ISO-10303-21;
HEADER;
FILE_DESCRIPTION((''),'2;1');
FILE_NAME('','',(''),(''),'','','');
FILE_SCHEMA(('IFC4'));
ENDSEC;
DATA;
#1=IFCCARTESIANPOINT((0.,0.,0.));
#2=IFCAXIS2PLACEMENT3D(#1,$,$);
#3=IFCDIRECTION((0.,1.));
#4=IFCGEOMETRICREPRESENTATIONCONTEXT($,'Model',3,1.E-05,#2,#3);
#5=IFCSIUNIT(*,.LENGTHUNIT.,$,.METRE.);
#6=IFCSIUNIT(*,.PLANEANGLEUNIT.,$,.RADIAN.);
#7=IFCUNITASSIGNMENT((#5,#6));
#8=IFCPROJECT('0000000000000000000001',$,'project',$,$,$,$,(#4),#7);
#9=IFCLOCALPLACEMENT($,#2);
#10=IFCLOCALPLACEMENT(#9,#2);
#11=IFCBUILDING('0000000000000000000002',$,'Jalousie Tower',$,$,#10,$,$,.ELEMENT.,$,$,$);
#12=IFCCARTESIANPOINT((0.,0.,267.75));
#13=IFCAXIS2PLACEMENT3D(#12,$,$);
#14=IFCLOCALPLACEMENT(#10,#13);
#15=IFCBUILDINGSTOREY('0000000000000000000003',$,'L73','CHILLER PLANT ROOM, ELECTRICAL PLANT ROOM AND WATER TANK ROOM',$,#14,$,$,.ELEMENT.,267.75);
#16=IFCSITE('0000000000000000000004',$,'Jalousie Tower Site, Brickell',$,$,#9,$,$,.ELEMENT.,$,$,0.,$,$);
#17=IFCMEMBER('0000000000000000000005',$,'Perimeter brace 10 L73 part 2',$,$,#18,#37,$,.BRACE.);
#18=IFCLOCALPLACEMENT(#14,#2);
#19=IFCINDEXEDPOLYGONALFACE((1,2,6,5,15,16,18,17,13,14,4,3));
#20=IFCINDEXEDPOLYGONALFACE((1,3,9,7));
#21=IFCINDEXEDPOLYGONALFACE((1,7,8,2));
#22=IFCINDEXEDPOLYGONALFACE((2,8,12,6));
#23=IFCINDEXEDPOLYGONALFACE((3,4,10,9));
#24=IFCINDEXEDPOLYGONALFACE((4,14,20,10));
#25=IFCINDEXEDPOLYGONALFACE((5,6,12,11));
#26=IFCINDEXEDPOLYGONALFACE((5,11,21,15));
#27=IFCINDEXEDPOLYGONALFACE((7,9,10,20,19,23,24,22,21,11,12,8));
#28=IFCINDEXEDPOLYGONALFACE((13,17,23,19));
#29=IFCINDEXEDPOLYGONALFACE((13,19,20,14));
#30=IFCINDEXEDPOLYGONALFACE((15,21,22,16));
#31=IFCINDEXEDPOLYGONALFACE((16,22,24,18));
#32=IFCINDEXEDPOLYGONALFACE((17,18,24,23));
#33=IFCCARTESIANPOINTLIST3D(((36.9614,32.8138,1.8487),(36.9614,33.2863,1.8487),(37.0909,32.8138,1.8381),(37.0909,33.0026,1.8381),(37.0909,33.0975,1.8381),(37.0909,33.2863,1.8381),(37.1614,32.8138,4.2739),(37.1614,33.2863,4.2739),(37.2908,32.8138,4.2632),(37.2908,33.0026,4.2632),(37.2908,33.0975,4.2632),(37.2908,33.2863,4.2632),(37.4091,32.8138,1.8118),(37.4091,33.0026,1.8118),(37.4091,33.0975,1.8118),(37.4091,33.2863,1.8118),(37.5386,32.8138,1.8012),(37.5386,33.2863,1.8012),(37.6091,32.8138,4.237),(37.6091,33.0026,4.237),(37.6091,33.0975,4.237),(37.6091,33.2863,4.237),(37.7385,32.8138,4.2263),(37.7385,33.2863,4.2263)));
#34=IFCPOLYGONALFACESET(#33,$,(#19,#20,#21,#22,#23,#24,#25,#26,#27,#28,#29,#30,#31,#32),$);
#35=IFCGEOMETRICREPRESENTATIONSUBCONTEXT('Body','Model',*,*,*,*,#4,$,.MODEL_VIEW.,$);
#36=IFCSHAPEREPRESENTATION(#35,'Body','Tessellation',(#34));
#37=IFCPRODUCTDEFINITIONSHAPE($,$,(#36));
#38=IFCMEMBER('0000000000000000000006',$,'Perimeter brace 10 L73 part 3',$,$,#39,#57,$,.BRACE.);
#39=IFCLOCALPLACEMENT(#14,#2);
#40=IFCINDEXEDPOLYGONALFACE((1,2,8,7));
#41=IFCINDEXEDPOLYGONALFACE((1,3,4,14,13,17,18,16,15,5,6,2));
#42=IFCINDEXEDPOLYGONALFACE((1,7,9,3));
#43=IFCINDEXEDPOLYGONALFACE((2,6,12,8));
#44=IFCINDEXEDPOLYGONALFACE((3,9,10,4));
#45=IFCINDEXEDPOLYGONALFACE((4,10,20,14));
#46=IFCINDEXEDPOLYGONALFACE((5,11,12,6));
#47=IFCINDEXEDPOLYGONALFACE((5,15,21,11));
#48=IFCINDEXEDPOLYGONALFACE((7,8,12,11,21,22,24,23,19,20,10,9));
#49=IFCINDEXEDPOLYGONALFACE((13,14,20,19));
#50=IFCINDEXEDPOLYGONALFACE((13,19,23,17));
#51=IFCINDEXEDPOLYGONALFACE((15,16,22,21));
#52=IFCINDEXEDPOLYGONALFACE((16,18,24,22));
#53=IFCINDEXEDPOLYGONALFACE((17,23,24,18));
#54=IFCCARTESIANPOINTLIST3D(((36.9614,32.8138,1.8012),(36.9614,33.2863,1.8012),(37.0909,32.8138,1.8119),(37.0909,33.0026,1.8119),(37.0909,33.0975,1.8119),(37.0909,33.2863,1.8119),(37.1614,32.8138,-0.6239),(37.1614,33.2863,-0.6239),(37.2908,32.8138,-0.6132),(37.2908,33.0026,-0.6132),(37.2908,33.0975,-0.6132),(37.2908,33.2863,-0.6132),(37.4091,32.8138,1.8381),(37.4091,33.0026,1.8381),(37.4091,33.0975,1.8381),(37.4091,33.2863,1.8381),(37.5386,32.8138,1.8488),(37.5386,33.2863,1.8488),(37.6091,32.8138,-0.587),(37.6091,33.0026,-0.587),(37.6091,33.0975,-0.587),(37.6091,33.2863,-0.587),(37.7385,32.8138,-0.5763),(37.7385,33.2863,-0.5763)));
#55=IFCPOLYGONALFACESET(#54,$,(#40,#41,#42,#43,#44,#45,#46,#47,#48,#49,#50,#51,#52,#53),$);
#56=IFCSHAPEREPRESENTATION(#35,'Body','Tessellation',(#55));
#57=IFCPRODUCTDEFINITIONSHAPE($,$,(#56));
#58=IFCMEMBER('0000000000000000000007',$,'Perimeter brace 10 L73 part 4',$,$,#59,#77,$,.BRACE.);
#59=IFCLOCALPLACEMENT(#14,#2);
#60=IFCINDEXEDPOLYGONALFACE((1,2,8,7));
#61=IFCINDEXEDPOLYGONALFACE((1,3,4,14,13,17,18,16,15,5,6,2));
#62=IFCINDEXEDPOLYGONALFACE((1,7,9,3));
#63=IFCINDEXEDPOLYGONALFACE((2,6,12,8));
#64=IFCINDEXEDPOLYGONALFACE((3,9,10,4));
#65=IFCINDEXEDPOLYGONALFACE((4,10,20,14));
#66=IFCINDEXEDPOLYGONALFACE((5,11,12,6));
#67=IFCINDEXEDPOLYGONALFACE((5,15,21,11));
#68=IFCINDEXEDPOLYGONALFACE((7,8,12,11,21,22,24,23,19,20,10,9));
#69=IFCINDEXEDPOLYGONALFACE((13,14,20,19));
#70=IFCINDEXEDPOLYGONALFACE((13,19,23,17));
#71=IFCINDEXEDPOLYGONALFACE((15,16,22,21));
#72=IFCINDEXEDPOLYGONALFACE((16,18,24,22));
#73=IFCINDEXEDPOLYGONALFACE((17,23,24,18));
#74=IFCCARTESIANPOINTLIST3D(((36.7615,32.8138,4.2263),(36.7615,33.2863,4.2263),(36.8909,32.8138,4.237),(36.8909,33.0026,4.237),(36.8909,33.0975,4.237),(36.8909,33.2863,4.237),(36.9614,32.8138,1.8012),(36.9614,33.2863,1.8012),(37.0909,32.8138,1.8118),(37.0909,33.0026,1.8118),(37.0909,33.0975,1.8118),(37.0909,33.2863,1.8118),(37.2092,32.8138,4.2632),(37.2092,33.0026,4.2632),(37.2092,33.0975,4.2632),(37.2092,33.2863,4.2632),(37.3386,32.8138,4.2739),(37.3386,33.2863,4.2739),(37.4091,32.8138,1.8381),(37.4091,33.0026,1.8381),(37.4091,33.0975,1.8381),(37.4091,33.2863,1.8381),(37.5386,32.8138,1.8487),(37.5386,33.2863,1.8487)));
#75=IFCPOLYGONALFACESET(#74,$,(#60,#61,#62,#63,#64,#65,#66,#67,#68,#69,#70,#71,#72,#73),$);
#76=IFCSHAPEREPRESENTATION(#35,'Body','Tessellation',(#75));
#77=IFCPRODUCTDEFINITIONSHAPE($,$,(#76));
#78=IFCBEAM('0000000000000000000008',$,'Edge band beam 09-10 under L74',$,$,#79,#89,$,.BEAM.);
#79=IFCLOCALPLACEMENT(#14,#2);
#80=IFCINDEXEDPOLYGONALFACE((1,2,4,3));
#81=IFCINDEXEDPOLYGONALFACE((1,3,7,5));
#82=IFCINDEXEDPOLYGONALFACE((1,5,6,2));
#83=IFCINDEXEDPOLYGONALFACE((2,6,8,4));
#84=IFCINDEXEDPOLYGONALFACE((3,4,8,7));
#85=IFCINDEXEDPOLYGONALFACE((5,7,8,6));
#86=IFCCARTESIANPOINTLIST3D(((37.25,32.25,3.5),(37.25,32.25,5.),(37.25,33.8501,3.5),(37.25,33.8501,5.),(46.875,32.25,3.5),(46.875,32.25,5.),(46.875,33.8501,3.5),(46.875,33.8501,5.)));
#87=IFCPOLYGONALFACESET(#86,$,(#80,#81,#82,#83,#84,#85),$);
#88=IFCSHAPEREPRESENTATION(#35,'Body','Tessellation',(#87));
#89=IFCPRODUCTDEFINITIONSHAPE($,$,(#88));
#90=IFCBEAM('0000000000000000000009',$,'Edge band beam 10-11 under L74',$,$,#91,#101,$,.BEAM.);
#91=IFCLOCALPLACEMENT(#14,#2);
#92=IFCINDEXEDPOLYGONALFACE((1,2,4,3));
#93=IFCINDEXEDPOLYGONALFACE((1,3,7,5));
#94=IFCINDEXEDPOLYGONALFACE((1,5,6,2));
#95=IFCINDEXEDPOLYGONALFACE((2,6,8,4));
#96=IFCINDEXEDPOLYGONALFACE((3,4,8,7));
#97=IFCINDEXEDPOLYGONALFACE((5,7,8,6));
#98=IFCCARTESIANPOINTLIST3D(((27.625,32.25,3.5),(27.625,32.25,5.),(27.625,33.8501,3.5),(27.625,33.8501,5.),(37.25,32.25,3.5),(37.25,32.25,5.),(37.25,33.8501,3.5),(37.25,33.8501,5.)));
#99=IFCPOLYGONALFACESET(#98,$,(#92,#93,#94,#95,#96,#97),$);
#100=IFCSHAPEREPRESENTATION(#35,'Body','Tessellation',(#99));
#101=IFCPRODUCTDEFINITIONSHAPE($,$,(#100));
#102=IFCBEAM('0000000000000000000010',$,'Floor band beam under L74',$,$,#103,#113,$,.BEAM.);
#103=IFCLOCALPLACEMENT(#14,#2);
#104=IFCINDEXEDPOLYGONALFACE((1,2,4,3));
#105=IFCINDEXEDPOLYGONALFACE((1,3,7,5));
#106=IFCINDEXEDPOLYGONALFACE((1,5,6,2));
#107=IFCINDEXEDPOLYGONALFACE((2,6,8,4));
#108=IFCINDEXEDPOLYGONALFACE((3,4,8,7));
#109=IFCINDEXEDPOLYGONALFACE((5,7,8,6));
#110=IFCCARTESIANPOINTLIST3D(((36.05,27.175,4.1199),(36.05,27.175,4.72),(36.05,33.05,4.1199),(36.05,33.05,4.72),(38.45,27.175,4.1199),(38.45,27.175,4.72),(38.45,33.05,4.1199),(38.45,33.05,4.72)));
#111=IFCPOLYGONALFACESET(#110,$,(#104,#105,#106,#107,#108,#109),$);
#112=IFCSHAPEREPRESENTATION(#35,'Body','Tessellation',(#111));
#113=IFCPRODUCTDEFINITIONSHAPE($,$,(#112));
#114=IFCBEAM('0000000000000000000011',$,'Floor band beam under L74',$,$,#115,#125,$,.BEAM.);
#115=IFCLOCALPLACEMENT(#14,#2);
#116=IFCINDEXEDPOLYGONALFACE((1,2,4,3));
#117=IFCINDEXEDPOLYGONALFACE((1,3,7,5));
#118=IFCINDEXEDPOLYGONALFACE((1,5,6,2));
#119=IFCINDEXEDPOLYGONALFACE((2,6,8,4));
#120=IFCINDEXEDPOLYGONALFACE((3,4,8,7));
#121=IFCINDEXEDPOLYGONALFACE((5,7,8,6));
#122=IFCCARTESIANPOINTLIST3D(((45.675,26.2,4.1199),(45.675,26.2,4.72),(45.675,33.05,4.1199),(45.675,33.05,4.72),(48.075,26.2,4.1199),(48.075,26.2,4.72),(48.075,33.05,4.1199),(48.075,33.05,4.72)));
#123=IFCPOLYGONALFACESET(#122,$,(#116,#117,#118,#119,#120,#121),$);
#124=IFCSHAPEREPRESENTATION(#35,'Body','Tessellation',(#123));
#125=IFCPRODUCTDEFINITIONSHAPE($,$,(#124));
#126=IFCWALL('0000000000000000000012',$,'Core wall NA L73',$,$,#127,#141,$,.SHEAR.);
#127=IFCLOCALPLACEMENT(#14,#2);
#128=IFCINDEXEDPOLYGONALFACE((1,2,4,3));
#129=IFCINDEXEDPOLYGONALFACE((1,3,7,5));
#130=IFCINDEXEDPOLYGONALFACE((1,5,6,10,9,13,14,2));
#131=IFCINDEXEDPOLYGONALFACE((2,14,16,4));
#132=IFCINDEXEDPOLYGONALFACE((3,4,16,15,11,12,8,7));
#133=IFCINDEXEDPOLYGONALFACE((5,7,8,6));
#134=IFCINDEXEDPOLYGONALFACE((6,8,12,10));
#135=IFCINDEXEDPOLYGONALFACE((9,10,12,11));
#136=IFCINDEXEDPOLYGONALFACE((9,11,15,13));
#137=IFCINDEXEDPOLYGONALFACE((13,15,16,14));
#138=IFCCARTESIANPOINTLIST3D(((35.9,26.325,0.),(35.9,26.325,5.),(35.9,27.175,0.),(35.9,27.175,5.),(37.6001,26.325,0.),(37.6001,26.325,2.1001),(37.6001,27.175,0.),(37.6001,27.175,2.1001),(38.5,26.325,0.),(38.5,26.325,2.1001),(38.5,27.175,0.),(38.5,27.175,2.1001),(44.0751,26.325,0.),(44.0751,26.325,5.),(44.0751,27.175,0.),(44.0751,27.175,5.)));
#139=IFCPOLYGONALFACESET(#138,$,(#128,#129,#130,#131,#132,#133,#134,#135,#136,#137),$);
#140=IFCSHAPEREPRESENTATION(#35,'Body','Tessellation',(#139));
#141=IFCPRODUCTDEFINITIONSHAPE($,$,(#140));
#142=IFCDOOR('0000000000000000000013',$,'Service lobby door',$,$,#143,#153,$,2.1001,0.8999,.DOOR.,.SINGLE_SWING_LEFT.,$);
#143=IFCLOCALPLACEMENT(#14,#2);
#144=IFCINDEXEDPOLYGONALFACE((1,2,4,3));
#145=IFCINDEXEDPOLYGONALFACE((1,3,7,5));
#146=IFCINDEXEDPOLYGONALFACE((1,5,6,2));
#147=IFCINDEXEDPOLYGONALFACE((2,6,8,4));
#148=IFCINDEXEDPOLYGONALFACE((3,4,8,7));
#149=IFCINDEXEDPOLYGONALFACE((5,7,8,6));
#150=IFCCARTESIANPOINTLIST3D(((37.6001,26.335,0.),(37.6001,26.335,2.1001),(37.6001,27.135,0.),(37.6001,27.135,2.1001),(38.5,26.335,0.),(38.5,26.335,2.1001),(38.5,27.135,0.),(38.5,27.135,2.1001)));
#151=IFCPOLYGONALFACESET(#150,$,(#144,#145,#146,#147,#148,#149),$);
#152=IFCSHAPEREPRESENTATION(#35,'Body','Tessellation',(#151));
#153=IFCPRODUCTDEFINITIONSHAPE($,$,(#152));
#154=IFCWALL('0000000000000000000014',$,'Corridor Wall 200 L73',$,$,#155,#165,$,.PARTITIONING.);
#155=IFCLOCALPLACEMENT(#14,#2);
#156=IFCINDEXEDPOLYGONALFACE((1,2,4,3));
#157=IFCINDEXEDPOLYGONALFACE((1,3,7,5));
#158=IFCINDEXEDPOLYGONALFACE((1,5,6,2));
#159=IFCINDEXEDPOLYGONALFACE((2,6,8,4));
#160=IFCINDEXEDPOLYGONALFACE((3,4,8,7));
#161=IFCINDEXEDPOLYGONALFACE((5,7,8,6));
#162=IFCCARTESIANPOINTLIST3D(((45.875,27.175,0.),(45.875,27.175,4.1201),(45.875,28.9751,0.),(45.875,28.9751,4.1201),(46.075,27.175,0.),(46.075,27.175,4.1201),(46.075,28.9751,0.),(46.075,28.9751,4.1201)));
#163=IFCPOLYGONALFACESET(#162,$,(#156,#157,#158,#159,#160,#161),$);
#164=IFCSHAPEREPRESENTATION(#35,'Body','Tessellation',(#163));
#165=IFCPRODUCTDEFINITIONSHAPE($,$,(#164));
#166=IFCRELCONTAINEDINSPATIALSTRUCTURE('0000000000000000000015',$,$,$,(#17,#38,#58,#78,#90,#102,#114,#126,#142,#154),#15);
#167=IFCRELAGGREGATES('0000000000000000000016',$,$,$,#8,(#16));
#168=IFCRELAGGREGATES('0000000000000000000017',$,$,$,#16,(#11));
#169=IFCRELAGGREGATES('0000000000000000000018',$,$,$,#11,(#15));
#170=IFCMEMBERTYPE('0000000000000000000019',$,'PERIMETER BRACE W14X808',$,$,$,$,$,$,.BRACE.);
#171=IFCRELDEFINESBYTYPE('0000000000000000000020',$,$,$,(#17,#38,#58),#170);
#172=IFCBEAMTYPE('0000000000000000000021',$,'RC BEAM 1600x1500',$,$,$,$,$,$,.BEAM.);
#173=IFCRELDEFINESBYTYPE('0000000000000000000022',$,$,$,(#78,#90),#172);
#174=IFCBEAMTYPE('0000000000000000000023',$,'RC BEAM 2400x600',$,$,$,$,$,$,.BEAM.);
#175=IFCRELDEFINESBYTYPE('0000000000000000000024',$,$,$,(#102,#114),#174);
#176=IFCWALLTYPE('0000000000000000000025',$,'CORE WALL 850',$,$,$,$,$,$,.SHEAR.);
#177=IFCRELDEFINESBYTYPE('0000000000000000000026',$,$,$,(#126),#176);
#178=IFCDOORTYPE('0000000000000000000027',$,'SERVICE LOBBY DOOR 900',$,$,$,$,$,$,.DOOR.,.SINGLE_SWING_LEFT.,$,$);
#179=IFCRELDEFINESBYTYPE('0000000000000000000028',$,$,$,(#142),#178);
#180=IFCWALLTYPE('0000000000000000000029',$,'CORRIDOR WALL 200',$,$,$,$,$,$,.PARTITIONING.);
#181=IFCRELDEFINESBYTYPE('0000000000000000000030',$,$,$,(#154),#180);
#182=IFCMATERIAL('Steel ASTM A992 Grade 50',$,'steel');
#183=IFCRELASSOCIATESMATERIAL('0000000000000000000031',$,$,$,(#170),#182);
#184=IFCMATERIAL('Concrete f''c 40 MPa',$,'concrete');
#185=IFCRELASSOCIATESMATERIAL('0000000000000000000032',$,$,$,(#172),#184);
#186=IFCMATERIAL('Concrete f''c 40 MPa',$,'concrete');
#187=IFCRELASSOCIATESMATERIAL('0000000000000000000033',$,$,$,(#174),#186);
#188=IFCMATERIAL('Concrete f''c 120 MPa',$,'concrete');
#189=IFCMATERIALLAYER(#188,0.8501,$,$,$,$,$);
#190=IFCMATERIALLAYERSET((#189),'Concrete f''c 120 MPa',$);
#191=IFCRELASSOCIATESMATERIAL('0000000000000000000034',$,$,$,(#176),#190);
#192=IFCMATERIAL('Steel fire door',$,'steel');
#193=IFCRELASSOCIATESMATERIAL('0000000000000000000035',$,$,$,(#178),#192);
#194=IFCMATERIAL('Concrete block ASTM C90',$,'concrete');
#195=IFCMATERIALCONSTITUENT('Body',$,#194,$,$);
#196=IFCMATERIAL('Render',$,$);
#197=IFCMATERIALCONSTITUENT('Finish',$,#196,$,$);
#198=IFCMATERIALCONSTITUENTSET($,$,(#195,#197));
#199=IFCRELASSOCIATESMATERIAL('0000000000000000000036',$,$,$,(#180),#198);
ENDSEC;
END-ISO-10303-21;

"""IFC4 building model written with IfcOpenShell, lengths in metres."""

from ifc_helpers import new_model, si_unit, direction, frame, frame_2d, origin, origin_2d, place, context, subcontext, project, spatial, polyline, rectangle, i_section, outline, extrude, material, layer, layer_set, constituent, constituent_set, material_profile, profile_set, type_object, element, fill, save


model = new_model("IFC4")

# Units and contexts
model_context = context("Model", 3, precision=1e-05, world=origin(), true_north=direction((0.0, 1.0)))
body_context = subcontext(model_context, "Body", "Model", "MODEL_VIEW")
ifc_project = project(units=[si_unit("LENGTHUNIT", "METRE"), si_unit("PLANEANGLEUNIT", "RADIAN")], contexts=[model_context])

# Site, building, storey
site_placement = place(None, origin())
site = spatial("IfcSite", under=ifc_project, at=site_placement, Name="Jalousie Tower Site, Brickell", CompositionType="ELEMENT", RefElevation=0.0)
building_placement = place(site_placement, origin())
building = spatial("IfcBuilding", under=site, at=building_placement, Name="Jalousie Tower", CompositionType="ELEMENT")
storey_placement = place(building_placement, frame((0.0, 0.0, 267.75)))
storey = spatial("IfcBuildingStorey", under=building, at=storey_placement, Name="L73", Description="CHILLER PLANT ROOM, ELECTRICAL PLANT ROOM AND WATER TANK ROOM", CompositionType="ELEMENT", Elevation=267.75)

# Members
ifc_material_1 = material(Name="Steel ASTM A992 Grade 50", Category="steel")
ifc_material_profile_1 = material_profile(ifc_material_1, i_section(OverallWidth=0.4724, OverallDepth=0.5791, WebThickness=0.095, FlangeThickness=0.1299, at=origin_2d()), Name="W14X808")
ifc_profile_set_1 = profile_set([ifc_material_profile_1], Name="Steel ASTM A992 Grade 50")
member_type_1 = type_object("IfcMemberType", Name="PERIMETER BRACE W14X808", PredefinedType="BRACE", material=ifc_profile_set_1)
for number, where, z_axis, x_axis, name in (
    (1, (37.25, 33.05, 1.825), (0.082174, 0.0, 0.996618), (0.0, 1.0, 0.0), "Perimeter brace 10 L73 part 2"),
    (2, (37.45, 33.05, -0.6001), (-0.082174, 0.0, 0.996618), (0.0, -1.0, 0.0), "Perimeter brace 10 L73 part 3"),
    (3, (37.25, 33.05, 1.825), (-0.082174, 0.0, 0.996618), (0.0, -1.0, 0.0), "Perimeter brace 10 L73 part 4"),
):
    element("IfcMember", number, at=place(storey_placement, frame(where, z_axis=z_axis, x_axis=x_axis)), inside=storey, type_object=member_type_1, Name=name, PredefinedType="BRACE", context=body_context, shape_type="SweptSolid", body=[
        extrude(i_section(OverallWidth=0.4724, OverallDepth=0.5791, WebThickness=0.095, FlangeThickness=0.1299, at=origin_2d()), origin(), (0.0, 0.0, 1.0), 2.4333),
    ])

# Beams
ifc_material_2 = material(Name="Concrete f'c 40 MPa", Category="concrete")
ifc_material_profile_2 = material_profile(ifc_material_2, rectangle(XDim=1.6001, YDim=1.5, at=origin_2d()), Name="RC 1600x1500")
ifc_profile_set_2 = profile_set([ifc_material_profile_2], Name="Concrete f'c 40 MPa")
beam_type_1 = type_object("IfcBeamType", Name="RC BEAM 1600x1500", PredefinedType="BEAM", material=ifc_profile_set_2)
for number, where, z_axis, x_axis, name in (
    (4, (46.875, 33.05, 4.25), (-1.0, 0.0, 0.0), (0.0, -1.0, 0.0), "Edge band beam 09-10 under L74"),
    (5, (37.25, 33.05, 4.25), (-1.0, 0.0, 0.0), (0.0, -1.0, 0.0), "Edge band beam 10-11 under L74"),
):
    element("IfcBeam", number, at=place(storey_placement, frame(where, z_axis=z_axis, x_axis=x_axis)), inside=storey, type_object=beam_type_1, Name=name, PredefinedType="BEAM", context=body_context, shape_type="SweptSolid", body=[
        extrude(rectangle(XDim=1.6001, YDim=1.5, at=origin_2d()), origin(), (0.0, 0.0, 1.0), 9.625),
    ])
ifc_material_3 = material(Name="Concrete f'c 40 MPa", Category="concrete")
ifc_material_profile_3 = material_profile(ifc_material_3, rectangle(XDim=2.3999, YDim=0.6001, at=origin_2d()), Name="RC 2400x600")
ifc_profile_set_3 = profile_set([ifc_material_profile_3], Name="Concrete f'c 40 MPa")
beam_type_2 = type_object("IfcBeamType", Name="RC BEAM 2400x600", PredefinedType="BEAM", material=ifc_profile_set_3)
beam_1_placement = place(storey_placement, frame((37.25, 33.05, 4.4199), z_axis=(0.0, -1.0, 0.0), x_axis=(1.0, 0.0, 0.0)))
element("IfcBeam", 6, at=beam_1_placement, inside=storey, type_object=beam_type_2, Name="Floor band beam under L74", PredefinedType="BEAM", context=body_context, shape_type="SweptSolid", body=[
    extrude(rectangle(XDim=2.3999, YDim=0.6001, at=origin_2d()), origin(), (0.0, 0.0, 1.0), 5.875),
])
beam_2_placement = place(storey_placement, frame((46.875, 33.05, 4.4199), z_axis=(0.0, -1.0, 0.0), x_axis=(1.0, 0.0, 0.0)))
element("IfcBeam", 7, at=beam_2_placement, inside=storey, type_object=beam_type_2, Name="Floor band beam under L74", PredefinedType="BEAM", context=body_context, shape_type="SweptSolid", body=[
    extrude(rectangle(XDim=2.3999, YDim=0.6001, at=origin_2d()), origin(), (0.0, 0.0, 1.0), 6.8501),
])

# Wall, opening, door
ifc_material_4 = material(Name="Concrete f'c 120 MPa", Category="concrete")
ifc_layer = layer(ifc_material_4, 0.8501)
ifc_layer_set = layer_set([ifc_layer], Name="Concrete f'c 120 MPa")
wall_type_1 = type_object("IfcWallType", Name="CORE WALL 850", PredefinedType="SHEAR", material=ifc_layer_set)
wall_1_placement = place(storey_placement, frame((44.075, 26.75, 0.0), z_axis=(0.0, 0.0, 1.0), x_axis=(-1.0, 0.0, 0.0)))
wall_1 = element("IfcWall", 8, at=wall_1_placement, inside=storey, type_object=wall_type_1, Name="Core wall NA L73", PredefinedType="SHEAR", context=body_context, shape_type="SweptSolid", body=[
    extrude(rectangle(XDim=8.175, YDim=0.8501, at=frame_2d((4.0874, 0.0))), origin(), (0.0, 0.0, 1.0), 5.0),
])
opening_placement = place(wall_1_placement, frame((5.575, 0.0, 0.0)))
opening = element("IfcOpeningElement", 9, at=opening_placement, cuts=wall_1, PredefinedType="OPENING", context=body_context, shape_type="SweptSolid", body=[
    extrude(rectangle(XDim=0.8999, YDim=2.1001, at=frame_2d((0.45, 1.05))), frame((0.0, 0.4351, 0.0), z_axis=(0.0, -1.0, 0.0), x_axis=(1.0, 0.0, 0.0)), (0.0, 0.0, 1.0), 0.8701),
])
ifc_material_5 = material(Name="Steel fire door", Category="steel")
door_type = type_object("IfcDoorType", Name="SERVICE LOBBY DOOR 900", OperationType="SINGLE_SWING_LEFT", PredefinedType="DOOR", material=ifc_material_5)
door_placement = place(opening_placement, origin())
door = element("IfcDoor", 10, at=door_placement, inside=storey, type_object=door_type, Name="Service lobby door", OperationType="SINGLE_SWING_LEFT", OverallHeight=2.1001, OverallWidth=0.8999, PredefinedType="DOOR", context=body_context, shape_type="SweptSolid", body=[
    extrude(rectangle(XDim=0.8999, YDim=2.1001, at=frame_2d((0.45, 1.05))), frame((0.0, 0.415, 0.0), z_axis=(0.0, -1.0, 0.0), x_axis=(1.0, 0.0, 0.0)), (0.0, 0.0, 1.0), 0.8),
])
fill(opening, door)

# Wall
ifc_material_6 = material(Name="Concrete block ASTM C90", Category="concrete")
ifc_constituent_1 = constituent(ifc_material_6, Name="Body")
ifc_material_7 = material(Name="Render")
ifc_constituent_2 = constituent(ifc_material_7, Name="Finish")
ifc_constituent_set_1 = constituent_set(constituents=[ifc_constituent_1, ifc_constituent_2])
wall_type_2 = type_object("IfcWallType", Name="CORRIDOR WALL 200", PredefinedType="PARTITIONING", material=ifc_constituent_set_1)
wall_2_placement = place(storey_placement, frame((45.9751, 27.175, 0.0), z_axis=(0.0, 0.0, 1.0), x_axis=(0.0, 1.0, 0.0)))
element("IfcWall", 11, at=wall_2_placement, inside=storey, type_object=wall_type_2, Name="Corridor Wall 200 L73", PredefinedType="PARTITIONING", context=body_context, shape_type="SweptSolid", body=[
    extrude(outline(polyline([(0.0, 0.0), (1.8, 0.0), (1.8, 4.72), (1.8, 4.1201), (0.0, 4.1201), (0.0, 4.72), (0.0, 0.0)])), frame((0.0, 0.1001, 0.0), z_axis=(0.0, -1.0, 0.0), x_axis=(1.0, 0.0, 0.0)), (0.0, 0.0, 1.0), 0.2),
])

save(model, "model.ifc")
